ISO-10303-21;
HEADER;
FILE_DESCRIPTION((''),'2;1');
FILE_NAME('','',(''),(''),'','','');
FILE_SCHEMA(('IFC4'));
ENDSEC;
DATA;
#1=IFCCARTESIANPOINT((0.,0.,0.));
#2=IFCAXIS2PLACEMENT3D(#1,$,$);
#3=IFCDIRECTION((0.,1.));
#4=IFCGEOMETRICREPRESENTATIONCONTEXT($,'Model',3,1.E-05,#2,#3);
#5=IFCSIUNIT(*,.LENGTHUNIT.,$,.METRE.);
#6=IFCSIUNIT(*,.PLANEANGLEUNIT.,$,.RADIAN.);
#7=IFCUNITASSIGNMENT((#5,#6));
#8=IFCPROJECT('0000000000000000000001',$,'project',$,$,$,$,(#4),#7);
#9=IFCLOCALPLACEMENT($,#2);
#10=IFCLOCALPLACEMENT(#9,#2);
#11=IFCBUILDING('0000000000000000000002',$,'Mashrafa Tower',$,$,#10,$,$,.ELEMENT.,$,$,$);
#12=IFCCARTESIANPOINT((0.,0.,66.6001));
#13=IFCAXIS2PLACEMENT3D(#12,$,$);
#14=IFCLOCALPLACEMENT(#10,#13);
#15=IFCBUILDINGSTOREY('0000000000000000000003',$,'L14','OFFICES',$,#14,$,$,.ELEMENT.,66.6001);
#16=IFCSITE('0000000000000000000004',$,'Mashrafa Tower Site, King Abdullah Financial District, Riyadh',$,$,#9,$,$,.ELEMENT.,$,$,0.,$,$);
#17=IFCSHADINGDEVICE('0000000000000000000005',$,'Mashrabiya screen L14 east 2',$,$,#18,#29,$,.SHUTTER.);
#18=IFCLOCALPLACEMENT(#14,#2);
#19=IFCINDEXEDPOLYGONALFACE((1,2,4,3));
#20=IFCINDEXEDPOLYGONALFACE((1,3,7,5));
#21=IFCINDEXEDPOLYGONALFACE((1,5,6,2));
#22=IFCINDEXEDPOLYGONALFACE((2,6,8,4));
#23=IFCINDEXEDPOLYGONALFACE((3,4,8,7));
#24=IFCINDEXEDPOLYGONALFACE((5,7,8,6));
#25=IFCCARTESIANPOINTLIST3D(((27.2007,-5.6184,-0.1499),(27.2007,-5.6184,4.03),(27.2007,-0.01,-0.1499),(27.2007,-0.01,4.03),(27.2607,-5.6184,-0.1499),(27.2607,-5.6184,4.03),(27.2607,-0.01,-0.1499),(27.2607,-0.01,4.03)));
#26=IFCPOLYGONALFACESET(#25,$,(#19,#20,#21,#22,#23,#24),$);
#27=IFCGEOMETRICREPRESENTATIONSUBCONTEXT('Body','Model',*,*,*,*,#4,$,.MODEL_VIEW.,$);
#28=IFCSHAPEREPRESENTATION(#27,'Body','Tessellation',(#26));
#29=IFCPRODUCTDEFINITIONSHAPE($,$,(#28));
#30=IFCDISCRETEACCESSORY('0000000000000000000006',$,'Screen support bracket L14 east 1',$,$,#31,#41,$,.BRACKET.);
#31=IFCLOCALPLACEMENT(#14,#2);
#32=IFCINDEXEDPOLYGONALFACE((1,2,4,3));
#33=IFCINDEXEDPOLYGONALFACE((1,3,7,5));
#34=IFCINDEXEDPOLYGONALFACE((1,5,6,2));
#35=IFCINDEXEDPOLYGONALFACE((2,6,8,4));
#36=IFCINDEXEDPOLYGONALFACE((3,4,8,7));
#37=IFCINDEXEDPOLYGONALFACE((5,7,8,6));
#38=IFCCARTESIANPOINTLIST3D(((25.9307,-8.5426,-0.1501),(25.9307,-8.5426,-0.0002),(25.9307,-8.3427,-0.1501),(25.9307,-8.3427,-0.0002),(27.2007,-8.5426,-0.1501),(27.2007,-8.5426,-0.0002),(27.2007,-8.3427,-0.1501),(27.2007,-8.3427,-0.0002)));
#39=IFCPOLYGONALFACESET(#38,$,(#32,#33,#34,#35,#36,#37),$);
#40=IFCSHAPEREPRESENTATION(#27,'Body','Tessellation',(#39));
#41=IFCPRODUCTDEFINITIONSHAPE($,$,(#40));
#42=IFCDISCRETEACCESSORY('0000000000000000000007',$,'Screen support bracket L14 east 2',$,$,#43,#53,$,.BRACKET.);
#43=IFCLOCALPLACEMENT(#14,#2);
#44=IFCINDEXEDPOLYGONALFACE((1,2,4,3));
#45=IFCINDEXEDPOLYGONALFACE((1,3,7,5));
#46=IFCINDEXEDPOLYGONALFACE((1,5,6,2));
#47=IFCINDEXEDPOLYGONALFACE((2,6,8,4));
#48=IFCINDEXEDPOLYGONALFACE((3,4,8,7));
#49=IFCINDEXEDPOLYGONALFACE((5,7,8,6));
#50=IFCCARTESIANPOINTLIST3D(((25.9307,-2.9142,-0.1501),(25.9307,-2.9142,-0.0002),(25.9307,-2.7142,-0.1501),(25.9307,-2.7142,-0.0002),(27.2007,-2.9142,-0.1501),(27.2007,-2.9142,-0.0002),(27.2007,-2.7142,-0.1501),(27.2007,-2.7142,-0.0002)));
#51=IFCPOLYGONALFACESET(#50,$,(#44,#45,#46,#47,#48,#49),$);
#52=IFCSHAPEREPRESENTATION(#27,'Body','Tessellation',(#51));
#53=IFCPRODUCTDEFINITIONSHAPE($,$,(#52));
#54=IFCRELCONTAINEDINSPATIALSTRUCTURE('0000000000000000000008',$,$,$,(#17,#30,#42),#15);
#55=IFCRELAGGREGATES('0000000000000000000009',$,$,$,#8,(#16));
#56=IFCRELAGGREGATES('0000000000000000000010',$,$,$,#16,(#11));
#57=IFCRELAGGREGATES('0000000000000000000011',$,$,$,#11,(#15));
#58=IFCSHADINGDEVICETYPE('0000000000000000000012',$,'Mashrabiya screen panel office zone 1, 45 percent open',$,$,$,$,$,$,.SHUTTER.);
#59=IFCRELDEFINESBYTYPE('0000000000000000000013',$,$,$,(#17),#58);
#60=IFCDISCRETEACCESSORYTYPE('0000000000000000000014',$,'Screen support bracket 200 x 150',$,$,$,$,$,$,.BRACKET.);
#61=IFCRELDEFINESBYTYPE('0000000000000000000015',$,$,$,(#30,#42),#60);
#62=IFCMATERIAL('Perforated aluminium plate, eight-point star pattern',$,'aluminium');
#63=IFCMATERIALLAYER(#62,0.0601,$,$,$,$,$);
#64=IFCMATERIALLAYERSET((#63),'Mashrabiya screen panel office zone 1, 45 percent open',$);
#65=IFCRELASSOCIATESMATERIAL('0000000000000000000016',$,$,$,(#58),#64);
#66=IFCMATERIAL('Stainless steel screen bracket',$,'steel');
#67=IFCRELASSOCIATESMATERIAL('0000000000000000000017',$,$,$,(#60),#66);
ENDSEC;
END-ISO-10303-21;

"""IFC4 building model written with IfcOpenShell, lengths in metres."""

from ifc_helpers import new_model, si_unit, direction, frame, origin, origin_2d, place, context, subcontext, project, spatial, rectangle, extrude, source, transform, mapped, material, layer, layer_set, type_object, type_shapes, element, save


model = new_model("IFC4")

# Units and contexts
model_context = context("Model", 3, precision=1e-05, world=origin(), true_north=direction((0.0, 1.0)))
body_context = subcontext(model_context, "Body", "Model", "MODEL_VIEW")
ifc_project = project(units=[si_unit("LENGTHUNIT", "METRE"), si_unit("PLANEANGLEUNIT", "RADIAN")], contexts=[model_context])

# Site, building, storey
site_placement = place(None, origin())
site = spatial("IfcSite", under=ifc_project, at=site_placement, Name="Mashrafa Tower Site, King Abdullah Financial District, Riyadh", CompositionType="ELEMENT", RefElevation=0.0)
building_placement = place(site_placement, origin())
building = spatial("IfcBuilding", under=site, at=building_placement, Name="Mashrafa Tower", CompositionType="ELEMENT")
storey_placement = place(building_placement, frame((0.0, 0.0, 66.6001)))
storey = spatial("IfcBuildingStorey", under=building, at=storey_placement, Name="L14", Description="OFFICES", CompositionType="ELEMENT", Elevation=66.6001)

# Shading device
ifc_material_1 = material(Name="Perforated aluminium plate, eight-point star pattern", Category="aluminium")
ifc_layer_1 = layer(ifc_material_1, 0.0601)
ifc_layer_set_1 = layer_set([ifc_layer_1], Name="Mashrabiya screen panel office zone 1, 45 percent open")
shading_device_type = type_object("IfcShadingDeviceType", Name="Mashrabiya screen panel office zone 1, 45 percent open", PredefinedType="SHUTTER", material=ifc_layer_set_1)
shared_shape_1 = source(origin(), body_context, "Body", "SweptSolid", [
    extrude(rectangle(XDim=5.6084, YDim=0.0601, at=origin_2d()), origin(), (0.0, 0.0, 1.0), 4.1799),
])
type_shapes(shading_device_type, [shared_shape_1])
for number, where, z_axis, x_axis, name in (
    (1, (27.2307, -2.8142, -0.1499), (0.0, 0.0, 1.0), (0.0, 1.0, 0.0), "Mashrabiya screen L14 east 2"),
):
    element("IfcShadingDevice", number, at=place(storey_placement, frame(where, z_axis=z_axis, x_axis=x_axis)), inside=storey, type_object=shading_device_type, Name=name, PredefinedType="SHUTTER", context=body_context, shape_type="MappedRepresentation", body=[
        mapped(shared_shape_1, transform((0.0, 0.0, 0.0))),
    ])

# Discrete accessories
ifc_material_2 = material(Name="Stainless steel screen bracket", Category="steel")
discrete_accessory_type = type_object("IfcDiscreteAccessoryType", Name="Screen support bracket 200 x 150", PredefinedType="BRACKET", material=ifc_material_2)
shared_shape_2 = source(origin(), body_context, "Body", "SweptSolid", [
    extrude(rectangle(XDim=0.2, YDim=1.27, at=origin_2d()), origin(), (0.0, 0.0, 1.0), 0.1499),
])
type_shapes(discrete_accessory_type, [shared_shape_2])
for number, where, z_axis, x_axis, name in (
    (2, (26.5657, -8.4426, -0.1501), (0.0, 0.0, 1.0), (0.0, 1.0, 0.0), "Screen support bracket L14 east 1"),
    (3, (26.5657, -2.8142, -0.1501), (0.0, 0.0, 1.0), (0.0, 1.0, 0.0), "Screen support bracket L14 east 2"),
):
    element("IfcDiscreteAccessory", number, at=place(storey_placement, frame(where, z_axis=z_axis, x_axis=x_axis)), inside=storey, type_object=discrete_accessory_type, Name=name, PredefinedType="BRACKET", context=body_context, shape_type="MappedRepresentation", body=[
        mapped(shared_shape_2, transform((0.0, 0.0, 0.0))),
    ])

save(model, "model.ifc")
